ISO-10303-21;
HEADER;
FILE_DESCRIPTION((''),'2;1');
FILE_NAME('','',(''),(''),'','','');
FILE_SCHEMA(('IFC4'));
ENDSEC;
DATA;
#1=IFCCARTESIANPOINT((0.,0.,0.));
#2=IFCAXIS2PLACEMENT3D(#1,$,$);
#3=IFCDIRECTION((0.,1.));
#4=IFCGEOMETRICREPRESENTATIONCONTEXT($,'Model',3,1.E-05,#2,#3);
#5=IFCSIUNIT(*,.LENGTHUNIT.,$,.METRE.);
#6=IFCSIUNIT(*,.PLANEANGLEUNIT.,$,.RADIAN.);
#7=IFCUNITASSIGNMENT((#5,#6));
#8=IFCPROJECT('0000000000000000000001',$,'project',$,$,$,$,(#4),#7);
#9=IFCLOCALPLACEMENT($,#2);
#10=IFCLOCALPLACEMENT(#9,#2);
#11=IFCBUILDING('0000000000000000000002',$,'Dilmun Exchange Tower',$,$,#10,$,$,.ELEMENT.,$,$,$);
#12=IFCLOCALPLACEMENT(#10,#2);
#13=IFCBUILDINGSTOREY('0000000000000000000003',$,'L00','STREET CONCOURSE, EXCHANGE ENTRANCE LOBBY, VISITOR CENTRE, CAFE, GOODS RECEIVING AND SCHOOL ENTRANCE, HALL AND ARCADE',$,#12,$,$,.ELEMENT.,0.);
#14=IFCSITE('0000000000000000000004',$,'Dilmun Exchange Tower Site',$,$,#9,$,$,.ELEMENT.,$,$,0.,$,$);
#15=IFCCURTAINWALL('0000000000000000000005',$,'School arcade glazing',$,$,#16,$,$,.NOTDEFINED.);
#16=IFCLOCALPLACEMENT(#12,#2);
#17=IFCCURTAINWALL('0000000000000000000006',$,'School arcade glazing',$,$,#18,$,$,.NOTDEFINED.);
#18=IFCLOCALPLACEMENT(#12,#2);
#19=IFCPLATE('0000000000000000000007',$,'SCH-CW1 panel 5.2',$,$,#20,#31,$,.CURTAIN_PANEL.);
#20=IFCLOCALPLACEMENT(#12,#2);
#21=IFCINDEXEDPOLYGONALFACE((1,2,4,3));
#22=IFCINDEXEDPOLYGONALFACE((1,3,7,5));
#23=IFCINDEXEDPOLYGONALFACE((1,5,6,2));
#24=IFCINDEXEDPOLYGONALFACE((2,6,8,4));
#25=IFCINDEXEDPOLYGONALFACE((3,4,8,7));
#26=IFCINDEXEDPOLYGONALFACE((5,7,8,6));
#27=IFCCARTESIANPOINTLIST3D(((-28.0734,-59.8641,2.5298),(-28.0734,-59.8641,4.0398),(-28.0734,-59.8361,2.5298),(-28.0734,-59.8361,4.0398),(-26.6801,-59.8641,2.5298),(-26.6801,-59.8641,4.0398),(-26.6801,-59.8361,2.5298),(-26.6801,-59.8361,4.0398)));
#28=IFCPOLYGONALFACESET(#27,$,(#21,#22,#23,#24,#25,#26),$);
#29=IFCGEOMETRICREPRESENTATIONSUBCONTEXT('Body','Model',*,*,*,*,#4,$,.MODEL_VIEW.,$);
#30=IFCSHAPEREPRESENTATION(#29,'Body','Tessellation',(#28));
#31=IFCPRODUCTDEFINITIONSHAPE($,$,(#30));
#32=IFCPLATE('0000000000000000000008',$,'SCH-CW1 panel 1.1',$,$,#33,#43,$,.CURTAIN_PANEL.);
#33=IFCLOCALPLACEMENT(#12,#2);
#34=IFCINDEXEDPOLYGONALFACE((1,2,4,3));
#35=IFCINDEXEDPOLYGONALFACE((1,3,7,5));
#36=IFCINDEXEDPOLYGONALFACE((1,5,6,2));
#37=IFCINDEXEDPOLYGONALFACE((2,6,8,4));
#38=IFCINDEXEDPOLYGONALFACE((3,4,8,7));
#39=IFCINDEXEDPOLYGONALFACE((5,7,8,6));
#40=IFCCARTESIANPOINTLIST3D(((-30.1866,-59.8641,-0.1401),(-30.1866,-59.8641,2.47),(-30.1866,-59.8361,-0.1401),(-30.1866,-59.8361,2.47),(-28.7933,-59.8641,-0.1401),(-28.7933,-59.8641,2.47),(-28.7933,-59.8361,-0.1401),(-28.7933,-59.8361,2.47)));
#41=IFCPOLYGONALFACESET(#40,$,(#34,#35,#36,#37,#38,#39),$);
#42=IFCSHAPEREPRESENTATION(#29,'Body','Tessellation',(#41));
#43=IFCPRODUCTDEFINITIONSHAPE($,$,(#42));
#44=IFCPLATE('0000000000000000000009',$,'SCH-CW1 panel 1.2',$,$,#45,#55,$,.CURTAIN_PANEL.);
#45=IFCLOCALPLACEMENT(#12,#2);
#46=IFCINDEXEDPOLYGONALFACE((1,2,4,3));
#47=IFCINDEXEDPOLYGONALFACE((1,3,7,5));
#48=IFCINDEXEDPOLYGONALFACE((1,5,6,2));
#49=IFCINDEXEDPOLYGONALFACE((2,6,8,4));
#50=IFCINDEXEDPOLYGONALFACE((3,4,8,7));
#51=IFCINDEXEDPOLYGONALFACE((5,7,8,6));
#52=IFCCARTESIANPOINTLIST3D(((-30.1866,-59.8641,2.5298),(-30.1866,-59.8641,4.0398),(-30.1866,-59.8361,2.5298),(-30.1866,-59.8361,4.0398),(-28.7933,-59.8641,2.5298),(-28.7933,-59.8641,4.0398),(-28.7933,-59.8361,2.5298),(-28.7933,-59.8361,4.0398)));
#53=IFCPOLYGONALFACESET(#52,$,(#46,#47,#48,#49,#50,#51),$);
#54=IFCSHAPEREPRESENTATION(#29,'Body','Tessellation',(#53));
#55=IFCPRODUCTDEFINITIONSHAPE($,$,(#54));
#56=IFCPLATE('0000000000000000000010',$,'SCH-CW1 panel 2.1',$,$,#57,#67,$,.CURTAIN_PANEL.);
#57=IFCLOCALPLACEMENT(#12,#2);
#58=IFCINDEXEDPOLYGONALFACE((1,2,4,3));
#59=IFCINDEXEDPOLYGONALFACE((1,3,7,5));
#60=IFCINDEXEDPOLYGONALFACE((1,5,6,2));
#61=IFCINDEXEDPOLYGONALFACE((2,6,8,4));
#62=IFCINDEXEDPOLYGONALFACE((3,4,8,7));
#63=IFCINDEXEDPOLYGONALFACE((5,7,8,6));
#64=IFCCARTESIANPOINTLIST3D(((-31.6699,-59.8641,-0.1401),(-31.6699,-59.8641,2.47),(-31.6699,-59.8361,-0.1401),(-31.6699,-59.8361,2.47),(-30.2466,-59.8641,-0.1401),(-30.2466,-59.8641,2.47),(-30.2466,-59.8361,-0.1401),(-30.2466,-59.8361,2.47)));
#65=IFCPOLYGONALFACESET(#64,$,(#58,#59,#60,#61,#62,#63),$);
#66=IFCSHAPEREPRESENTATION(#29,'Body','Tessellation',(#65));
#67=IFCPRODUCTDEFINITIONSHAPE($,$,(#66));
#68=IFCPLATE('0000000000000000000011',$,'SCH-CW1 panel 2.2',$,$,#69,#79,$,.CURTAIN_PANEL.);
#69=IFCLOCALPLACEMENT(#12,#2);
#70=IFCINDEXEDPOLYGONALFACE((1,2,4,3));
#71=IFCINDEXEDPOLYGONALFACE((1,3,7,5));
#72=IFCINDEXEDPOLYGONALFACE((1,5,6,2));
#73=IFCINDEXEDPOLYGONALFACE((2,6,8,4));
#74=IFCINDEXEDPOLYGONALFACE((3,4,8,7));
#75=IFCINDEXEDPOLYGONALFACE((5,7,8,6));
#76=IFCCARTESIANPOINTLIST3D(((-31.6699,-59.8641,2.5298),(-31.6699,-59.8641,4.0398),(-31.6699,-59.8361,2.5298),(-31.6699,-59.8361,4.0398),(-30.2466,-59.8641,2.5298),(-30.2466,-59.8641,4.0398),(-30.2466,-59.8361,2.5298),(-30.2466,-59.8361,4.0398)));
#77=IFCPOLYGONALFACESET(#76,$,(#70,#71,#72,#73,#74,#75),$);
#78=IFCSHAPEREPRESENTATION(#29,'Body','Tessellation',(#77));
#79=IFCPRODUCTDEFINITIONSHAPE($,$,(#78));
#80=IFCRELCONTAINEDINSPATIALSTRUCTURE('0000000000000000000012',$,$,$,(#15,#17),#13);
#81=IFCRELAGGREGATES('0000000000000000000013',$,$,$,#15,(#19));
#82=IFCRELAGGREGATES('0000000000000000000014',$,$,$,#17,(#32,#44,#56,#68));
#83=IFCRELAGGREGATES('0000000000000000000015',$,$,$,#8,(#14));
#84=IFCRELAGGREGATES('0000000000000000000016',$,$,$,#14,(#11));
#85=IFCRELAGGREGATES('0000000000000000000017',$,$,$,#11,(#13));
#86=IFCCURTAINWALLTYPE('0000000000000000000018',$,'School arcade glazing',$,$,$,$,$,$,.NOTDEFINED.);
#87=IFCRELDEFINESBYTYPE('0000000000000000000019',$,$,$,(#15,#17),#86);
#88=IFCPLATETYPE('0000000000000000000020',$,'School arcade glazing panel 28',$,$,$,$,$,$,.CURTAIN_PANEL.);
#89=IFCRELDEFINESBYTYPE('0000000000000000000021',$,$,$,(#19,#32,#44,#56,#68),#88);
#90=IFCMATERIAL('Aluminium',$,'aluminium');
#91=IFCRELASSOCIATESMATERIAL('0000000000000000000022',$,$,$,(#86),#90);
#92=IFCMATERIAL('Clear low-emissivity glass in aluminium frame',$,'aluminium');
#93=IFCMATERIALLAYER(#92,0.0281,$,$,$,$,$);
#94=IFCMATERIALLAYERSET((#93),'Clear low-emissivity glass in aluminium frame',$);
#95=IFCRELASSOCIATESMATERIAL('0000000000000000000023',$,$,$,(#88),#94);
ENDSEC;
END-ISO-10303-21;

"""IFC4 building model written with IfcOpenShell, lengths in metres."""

from ifc_helpers import new_model, si_unit, direction, frame, origin, origin_2d, place, context, subcontext, project, spatial, rectangle, extrude, material, layer, layer_set, type_object, element, aggregate, save


model = new_model("IFC4")

# Units and contexts
model_context = context("Model", 3, precision=1e-05, world=origin(), true_north=direction((0.0, 1.0)))
body_context = subcontext(model_context, "Body", "Model", "MODEL_VIEW")
ifc_project = project(units=[si_unit("LENGTHUNIT", "METRE"), si_unit("PLANEANGLEUNIT", "RADIAN")], contexts=[model_context])

# Site, building, storey
site_placement = place(None, origin())
site = spatial("IfcSite", under=ifc_project, at=site_placement, Name="Dilmun Exchange Tower Site", CompositionType="ELEMENT", RefElevation=0.0)
building_placement = place(site_placement, origin())
building = spatial("IfcBuilding", under=site, at=building_placement, Name="Dilmun Exchange Tower", CompositionType="ELEMENT")
storey_placement = place(building_placement, origin())
storey = spatial("IfcBuildingStorey", under=building, at=storey_placement, Name="L00", Description="STREET CONCOURSE, EXCHANGE ENTRANCE LOBBY, VISITOR CENTRE, CAFE, GOODS RECEIVING AND SCHOOL ENTRANCE, HALL AND ARCADE", CompositionType="ELEMENT", Elevation=0.0)

# Curtain wall
ifc_material_1 = material(Name="Aluminium", Category="aluminium")
curtain_wall_type = type_object("IfcCurtainWallType", Name="School arcade glazing", PredefinedType="NOTDEFINED", material=ifc_material_1)
curtain_wall_1_placement = place(storey_placement, origin())
curtain_wall_1 = element("IfcCurtainWall", 1, at=curtain_wall_1_placement, inside=storey, type_object=curtain_wall_type, Name="School arcade glazing", PredefinedType="NOTDEFINED")

# Curtain wall
curtain_wall_2_placement = place(storey_placement, origin())
curtain_wall_2 = element("IfcCurtainWall", 2, at=curtain_wall_2_placement, inside=storey, type_object=curtain_wall_type, Name="School arcade glazing", PredefinedType="NOTDEFINED")

# Plates
ifc_material_2 = material(Name="Clear low-emissivity glass in aluminium frame", Category="aluminium")
ifc_layer = layer(ifc_material_2, 0.0281)
ifc_layer_set = layer_set([ifc_layer], Name="Clear low-emissivity glass in aluminium frame")
plate_type = type_object("IfcPlateType", Name="School arcade glazing panel 28", PredefinedType="CURTAIN_PANEL", material=ifc_layer_set)
plate_1_placement = place(storey_placement, frame((-27.3767, -59.8501, 2.5298), z_axis=(0.0, 0.0, 1.0), x_axis=(-1.0, 0.0, 0.0)))
plate_1 = element("IfcPlate", 3, at=plate_1_placement, type_object=plate_type, Name="SCH-CW1 panel 5.2", PredefinedType="CURTAIN_PANEL", context=body_context, shape_type="SweptSolid", body=[
    extrude(rectangle(XDim=1.3933, YDim=0.0281, at=origin_2d()), origin(), (0.0, 0.0, 1.0), 1.51),
])
aggregate(curtain_wall_1, [plate_1])
plate_2_placement = place(storey_placement, frame((-29.49, -59.8501, -0.1401), z_axis=(0.0, 0.0, 1.0), x_axis=(-1.0, 0.0, 0.0)))
plate_2 = element("IfcPlate", 4, at=plate_2_placement, type_object=plate_type, Name="SCH-CW1 panel 1.1", PredefinedType="CURTAIN_PANEL", context=body_context, shape_type="SweptSolid", body=[
    extrude(rectangle(XDim=1.3933, YDim=0.0281, at=origin_2d()), origin(), (0.0, 0.0, 1.0), 2.6101),
])
plate_3_placement = place(storey_placement, frame((-29.49, -59.8501, 2.5298), z_axis=(0.0, 0.0, 1.0), x_axis=(-1.0, 0.0, 0.0)))
plate_3 = element("IfcPlate", 5, at=plate_3_placement, type_object=plate_type, Name="SCH-CW1 panel 1.2", PredefinedType="CURTAIN_PANEL", context=body_context, shape_type="SweptSolid", body=[
    extrude(rectangle(XDim=1.3933, YDim=0.0281, at=origin_2d()), origin(), (0.0, 0.0, 1.0), 1.51),
])
plate_4_placement = place(storey_placement, frame((-30.9583, -59.8501, -0.1401), z_axis=(0.0, 0.0, 1.0), x_axis=(-1.0, 0.0, 0.0)))
plate_4 = element("IfcPlate", 6, at=plate_4_placement, type_object=plate_type, Name="SCH-CW1 panel 2.1", PredefinedType="CURTAIN_PANEL", context=body_context, shape_type="SweptSolid", body=[
    extrude(rectangle(XDim=1.4233, YDim=0.0281, at=origin_2d()), origin(), (0.0, 0.0, 1.0), 2.6101),
])
plate_5_placement = place(storey_placement, frame((-30.9583, -59.8501, 2.5298), z_axis=(0.0, 0.0, 1.0), x_axis=(-1.0, 0.0, 0.0)))
plate_5 = element("IfcPlate", 7, at=plate_5_placement, type_object=plate_type, Name="SCH-CW1 panel 2.2", PredefinedType="CURTAIN_PANEL", context=body_context, shape_type="SweptSolid", body=[
    extrude(rectangle(XDim=1.4233, YDim=0.0281, at=origin_2d()), origin(), (0.0, 0.0, 1.0), 1.51),
])
aggregate(curtain_wall_2, [plate_2, plate_3, plate_4, plate_5])

save(model, "model.ifc")
